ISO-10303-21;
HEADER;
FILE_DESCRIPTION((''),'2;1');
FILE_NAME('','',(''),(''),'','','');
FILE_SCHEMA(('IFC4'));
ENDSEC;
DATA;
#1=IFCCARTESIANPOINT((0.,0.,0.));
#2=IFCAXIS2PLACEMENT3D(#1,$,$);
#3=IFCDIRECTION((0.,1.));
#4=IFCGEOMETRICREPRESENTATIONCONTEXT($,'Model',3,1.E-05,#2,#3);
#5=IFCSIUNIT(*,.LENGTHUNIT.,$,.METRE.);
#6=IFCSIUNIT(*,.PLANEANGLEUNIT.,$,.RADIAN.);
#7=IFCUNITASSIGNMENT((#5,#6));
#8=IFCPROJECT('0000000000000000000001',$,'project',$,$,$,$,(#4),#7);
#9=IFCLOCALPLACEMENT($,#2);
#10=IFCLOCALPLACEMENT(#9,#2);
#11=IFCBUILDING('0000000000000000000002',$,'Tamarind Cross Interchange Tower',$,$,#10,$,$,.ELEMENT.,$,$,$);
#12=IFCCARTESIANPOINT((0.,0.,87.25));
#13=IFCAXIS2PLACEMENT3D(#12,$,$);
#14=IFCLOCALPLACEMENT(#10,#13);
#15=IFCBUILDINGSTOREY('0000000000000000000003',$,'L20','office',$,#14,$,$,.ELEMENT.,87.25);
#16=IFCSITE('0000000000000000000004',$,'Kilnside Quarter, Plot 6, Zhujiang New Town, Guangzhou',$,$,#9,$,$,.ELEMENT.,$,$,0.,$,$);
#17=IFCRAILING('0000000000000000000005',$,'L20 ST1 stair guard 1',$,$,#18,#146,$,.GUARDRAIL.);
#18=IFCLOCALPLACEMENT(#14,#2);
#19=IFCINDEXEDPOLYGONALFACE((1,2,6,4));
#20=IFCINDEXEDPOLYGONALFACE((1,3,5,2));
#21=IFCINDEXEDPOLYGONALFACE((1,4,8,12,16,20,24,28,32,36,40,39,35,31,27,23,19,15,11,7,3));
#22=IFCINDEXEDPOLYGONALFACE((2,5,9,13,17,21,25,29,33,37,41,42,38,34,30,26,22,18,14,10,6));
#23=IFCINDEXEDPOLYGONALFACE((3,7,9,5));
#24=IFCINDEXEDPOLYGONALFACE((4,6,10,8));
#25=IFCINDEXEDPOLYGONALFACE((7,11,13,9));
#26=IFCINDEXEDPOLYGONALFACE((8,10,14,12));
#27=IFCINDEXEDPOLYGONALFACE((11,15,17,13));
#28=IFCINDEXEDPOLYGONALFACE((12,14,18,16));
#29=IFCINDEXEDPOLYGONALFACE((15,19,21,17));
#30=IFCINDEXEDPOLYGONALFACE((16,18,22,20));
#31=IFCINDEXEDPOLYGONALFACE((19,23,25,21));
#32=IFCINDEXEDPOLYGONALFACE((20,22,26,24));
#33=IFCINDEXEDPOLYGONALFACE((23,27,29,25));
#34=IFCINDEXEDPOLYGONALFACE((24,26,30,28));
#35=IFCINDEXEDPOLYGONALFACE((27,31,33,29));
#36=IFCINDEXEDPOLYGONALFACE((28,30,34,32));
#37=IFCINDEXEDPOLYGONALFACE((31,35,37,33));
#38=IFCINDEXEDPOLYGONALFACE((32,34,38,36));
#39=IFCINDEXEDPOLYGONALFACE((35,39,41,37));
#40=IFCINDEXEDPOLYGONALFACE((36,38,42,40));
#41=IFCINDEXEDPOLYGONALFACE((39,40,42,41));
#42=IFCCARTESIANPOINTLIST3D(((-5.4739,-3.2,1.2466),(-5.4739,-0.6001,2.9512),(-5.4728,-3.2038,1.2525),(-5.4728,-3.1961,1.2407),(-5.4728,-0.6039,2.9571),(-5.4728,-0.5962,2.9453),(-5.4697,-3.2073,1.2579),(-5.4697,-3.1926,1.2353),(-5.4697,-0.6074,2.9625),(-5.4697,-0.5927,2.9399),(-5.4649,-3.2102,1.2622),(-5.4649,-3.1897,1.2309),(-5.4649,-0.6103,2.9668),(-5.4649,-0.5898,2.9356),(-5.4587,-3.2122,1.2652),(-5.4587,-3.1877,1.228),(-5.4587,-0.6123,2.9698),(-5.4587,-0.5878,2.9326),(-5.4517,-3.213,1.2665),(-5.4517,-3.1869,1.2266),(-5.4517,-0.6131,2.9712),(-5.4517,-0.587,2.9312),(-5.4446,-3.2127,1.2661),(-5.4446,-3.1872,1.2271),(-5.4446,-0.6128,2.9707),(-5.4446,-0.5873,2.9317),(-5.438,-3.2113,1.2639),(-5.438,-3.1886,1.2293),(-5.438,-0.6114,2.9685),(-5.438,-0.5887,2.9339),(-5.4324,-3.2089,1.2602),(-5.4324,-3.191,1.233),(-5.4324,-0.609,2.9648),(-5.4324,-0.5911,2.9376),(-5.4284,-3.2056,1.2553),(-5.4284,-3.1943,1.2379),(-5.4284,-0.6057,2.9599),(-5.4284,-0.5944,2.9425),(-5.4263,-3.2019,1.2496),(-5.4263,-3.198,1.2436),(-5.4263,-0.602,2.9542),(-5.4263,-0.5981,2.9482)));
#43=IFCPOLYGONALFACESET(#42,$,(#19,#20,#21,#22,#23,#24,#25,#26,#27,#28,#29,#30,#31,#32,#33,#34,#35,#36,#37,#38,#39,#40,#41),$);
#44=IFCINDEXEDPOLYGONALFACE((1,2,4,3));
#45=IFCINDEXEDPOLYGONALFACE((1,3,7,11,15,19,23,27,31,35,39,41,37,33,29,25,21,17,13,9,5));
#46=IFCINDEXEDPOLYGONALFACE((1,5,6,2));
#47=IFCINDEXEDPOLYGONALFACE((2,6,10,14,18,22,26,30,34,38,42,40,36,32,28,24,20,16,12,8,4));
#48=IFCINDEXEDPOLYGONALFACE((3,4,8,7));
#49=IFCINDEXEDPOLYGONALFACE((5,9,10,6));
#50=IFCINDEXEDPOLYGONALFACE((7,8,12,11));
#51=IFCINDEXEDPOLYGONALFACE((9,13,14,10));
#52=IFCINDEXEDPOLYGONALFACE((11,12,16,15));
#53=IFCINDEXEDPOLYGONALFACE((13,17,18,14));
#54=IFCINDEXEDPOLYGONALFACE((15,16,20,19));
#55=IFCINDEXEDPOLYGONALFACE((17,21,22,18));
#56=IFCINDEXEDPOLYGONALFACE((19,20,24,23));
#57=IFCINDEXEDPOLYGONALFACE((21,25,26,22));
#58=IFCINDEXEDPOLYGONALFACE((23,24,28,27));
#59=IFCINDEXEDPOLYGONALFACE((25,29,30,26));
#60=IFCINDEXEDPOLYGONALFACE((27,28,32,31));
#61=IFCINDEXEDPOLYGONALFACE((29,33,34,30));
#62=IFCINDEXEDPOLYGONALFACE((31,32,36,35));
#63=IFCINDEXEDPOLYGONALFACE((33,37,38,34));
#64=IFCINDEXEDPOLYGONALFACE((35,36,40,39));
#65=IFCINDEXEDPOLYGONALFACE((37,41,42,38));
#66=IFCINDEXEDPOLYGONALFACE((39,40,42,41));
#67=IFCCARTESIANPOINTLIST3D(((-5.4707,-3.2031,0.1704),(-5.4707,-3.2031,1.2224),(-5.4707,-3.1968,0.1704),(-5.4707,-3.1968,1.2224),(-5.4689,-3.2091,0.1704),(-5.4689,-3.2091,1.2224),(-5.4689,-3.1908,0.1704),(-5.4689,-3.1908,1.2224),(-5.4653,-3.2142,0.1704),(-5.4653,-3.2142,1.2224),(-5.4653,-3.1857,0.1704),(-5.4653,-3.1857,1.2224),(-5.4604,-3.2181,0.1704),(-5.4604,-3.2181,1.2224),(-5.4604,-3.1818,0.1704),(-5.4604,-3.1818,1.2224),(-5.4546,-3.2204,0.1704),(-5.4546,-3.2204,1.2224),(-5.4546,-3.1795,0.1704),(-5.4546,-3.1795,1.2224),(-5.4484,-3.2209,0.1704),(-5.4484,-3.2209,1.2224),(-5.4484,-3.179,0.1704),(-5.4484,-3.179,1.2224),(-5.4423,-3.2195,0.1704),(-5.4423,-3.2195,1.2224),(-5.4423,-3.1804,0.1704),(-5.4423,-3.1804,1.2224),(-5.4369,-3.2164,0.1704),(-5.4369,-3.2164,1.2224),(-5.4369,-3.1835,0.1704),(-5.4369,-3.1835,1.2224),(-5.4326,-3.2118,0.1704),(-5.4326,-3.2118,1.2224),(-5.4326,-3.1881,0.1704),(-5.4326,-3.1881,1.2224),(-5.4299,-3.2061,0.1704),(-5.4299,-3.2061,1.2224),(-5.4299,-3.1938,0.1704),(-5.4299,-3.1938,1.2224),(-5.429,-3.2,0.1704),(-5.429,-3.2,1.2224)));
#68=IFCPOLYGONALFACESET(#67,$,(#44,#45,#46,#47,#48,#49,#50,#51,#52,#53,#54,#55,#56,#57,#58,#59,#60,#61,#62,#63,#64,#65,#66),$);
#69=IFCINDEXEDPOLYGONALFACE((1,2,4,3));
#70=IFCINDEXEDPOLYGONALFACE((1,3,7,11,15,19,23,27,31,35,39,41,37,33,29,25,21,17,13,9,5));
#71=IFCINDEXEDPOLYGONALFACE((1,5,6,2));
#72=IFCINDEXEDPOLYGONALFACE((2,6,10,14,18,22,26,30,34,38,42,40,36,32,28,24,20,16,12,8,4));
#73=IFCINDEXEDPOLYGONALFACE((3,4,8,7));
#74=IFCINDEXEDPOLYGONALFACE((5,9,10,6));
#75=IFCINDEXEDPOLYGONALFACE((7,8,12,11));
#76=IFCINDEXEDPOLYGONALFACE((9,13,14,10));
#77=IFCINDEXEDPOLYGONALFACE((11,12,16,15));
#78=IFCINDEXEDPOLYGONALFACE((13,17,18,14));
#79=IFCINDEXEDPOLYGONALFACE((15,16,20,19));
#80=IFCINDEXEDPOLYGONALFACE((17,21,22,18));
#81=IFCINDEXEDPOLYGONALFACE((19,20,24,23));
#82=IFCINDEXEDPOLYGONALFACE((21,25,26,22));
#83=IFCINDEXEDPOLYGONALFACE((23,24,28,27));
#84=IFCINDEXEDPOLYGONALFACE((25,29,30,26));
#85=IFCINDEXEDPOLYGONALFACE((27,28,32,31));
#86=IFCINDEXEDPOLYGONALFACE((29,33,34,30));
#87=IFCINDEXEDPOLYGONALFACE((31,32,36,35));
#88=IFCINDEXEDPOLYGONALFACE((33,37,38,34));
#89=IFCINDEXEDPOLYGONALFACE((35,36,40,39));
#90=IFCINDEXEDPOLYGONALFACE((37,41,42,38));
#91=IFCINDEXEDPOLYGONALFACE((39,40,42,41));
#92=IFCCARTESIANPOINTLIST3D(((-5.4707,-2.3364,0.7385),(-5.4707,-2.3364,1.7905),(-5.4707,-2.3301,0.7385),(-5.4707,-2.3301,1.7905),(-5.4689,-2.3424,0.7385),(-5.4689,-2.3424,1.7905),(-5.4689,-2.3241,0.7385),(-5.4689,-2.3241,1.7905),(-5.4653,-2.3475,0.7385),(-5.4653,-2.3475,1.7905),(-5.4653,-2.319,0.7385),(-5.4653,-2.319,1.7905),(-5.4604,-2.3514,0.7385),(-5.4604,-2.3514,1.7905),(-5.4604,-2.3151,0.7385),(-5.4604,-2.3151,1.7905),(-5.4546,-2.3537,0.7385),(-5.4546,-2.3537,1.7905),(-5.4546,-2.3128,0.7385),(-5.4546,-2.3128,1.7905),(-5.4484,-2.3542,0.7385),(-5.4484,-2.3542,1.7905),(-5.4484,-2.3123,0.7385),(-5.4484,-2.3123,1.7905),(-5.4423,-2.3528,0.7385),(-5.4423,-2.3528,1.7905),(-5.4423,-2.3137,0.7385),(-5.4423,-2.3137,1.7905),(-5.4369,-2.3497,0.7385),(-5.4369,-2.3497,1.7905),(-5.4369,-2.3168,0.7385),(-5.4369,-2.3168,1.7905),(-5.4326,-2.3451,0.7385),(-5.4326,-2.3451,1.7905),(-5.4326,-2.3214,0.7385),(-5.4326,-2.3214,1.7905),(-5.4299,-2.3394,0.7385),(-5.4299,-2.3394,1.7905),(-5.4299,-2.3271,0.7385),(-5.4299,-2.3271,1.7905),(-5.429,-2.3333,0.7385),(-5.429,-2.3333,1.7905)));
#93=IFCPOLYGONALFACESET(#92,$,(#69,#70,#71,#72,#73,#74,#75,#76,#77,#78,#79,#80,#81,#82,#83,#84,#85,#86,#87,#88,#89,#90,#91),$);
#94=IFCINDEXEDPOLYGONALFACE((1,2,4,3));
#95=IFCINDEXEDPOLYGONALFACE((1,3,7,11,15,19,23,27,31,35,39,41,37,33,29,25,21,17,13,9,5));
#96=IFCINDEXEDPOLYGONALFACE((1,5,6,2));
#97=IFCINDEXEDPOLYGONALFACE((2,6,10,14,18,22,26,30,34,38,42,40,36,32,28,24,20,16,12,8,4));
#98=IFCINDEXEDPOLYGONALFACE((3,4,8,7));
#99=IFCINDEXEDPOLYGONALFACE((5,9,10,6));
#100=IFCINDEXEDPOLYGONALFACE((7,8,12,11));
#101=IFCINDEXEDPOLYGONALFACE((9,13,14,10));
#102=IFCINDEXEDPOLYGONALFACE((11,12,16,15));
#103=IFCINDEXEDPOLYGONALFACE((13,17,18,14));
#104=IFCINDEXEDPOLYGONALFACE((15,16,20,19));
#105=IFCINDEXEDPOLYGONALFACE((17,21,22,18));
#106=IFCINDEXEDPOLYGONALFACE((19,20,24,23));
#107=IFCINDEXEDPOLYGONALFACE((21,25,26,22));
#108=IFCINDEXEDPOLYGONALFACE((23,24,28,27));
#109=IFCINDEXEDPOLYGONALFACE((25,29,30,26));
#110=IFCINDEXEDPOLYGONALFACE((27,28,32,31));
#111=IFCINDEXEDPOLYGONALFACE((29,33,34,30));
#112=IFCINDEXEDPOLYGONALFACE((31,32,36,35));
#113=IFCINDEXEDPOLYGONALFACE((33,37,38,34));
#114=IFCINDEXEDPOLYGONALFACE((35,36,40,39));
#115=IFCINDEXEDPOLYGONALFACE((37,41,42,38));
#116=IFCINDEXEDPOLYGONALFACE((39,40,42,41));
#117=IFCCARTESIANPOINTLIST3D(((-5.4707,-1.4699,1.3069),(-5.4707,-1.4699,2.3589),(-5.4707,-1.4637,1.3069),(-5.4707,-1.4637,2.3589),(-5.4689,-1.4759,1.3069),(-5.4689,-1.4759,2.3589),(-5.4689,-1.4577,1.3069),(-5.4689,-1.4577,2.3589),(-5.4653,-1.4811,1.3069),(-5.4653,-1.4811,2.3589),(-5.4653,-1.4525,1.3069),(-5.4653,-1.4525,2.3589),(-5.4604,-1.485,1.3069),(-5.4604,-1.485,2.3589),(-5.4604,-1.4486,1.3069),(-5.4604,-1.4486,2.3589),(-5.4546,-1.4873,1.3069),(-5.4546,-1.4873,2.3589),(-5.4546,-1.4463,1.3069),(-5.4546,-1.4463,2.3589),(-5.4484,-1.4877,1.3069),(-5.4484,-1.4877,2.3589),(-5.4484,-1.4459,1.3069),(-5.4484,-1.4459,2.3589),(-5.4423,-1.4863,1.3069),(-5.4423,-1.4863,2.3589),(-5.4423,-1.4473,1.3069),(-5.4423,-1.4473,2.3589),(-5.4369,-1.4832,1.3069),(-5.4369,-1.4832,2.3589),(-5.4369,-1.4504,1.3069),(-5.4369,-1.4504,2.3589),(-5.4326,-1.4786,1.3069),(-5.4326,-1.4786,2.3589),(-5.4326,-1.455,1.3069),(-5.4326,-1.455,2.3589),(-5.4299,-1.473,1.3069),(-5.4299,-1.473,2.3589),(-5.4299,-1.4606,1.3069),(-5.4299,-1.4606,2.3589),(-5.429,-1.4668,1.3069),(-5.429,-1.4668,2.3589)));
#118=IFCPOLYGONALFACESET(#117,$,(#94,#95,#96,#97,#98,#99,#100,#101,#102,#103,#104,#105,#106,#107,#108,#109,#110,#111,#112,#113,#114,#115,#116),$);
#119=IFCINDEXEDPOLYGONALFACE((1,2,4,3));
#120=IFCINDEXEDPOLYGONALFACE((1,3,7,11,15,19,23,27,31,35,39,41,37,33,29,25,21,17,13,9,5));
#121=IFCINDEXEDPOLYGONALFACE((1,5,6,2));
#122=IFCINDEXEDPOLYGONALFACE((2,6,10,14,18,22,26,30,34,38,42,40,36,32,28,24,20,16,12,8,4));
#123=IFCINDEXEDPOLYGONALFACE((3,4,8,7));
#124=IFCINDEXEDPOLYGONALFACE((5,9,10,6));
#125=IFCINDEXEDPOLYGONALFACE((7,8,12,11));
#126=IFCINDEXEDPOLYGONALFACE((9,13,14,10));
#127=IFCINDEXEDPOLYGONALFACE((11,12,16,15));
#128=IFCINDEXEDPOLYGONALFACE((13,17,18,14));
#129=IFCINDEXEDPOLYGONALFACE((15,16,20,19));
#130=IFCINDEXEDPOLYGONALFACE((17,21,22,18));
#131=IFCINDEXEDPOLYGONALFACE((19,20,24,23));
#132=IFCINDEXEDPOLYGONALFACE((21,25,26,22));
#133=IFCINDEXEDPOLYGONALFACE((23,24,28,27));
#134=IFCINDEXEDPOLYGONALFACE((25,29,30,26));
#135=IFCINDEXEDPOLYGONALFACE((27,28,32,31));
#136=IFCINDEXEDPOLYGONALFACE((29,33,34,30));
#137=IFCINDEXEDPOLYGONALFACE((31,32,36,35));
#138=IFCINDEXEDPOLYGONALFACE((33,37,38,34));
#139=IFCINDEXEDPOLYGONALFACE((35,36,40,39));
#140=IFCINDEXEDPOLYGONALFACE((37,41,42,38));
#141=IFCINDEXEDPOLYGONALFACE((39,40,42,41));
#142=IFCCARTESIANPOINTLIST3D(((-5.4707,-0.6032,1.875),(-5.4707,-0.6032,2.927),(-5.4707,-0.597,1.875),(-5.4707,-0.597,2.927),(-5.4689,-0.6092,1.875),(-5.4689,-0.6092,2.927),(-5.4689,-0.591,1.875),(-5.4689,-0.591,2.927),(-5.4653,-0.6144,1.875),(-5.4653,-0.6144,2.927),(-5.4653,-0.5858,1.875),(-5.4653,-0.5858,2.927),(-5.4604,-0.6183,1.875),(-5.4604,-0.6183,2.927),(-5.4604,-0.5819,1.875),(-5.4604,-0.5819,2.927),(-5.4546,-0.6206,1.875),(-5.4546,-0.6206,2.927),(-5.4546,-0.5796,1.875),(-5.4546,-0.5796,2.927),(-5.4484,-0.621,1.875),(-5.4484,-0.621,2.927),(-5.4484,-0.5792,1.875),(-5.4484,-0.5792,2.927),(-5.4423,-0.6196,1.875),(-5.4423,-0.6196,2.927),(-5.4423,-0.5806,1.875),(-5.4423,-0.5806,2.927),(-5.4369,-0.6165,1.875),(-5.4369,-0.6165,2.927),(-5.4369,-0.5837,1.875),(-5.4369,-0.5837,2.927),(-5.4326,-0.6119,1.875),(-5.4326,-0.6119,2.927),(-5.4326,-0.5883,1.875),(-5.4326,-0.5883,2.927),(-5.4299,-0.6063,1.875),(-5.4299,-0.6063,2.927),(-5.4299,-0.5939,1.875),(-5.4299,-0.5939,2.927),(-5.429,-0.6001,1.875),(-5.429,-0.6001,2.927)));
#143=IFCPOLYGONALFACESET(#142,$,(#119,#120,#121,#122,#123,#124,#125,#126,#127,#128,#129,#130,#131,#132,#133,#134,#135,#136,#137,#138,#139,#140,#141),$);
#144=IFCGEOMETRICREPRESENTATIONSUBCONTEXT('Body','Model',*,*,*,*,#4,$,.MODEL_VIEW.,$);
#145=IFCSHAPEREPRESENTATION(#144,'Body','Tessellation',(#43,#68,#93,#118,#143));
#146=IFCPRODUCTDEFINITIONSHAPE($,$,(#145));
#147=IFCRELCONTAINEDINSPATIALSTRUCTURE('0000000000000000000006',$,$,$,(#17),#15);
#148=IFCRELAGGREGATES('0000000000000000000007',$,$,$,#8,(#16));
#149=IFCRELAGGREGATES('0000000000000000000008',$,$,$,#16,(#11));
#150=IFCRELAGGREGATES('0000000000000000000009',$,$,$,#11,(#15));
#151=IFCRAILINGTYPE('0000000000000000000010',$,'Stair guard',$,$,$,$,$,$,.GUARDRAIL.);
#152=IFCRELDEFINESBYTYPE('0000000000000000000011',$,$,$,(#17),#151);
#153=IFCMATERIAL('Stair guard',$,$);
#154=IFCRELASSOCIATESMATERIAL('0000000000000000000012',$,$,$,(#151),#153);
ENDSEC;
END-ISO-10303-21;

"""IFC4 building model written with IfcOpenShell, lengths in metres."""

from ifc_helpers import new_model, si_unit, direction, frame, origin, origin_2d, place, context, subcontext, project, spatial, circle, extrude, material, type_object, element, save


model = new_model("IFC4")

# Units and contexts
model_context = context("Model", 3, precision=1e-05, world=origin(), true_north=direction((0.0, 1.0)))
body_context = subcontext(model_context, "Body", "Model", "MODEL_VIEW")
ifc_project = project(units=[si_unit("LENGTHUNIT", "METRE"), si_unit("PLANEANGLEUNIT", "RADIAN")], contexts=[model_context])

# Site, building, storey
site_placement = place(None, origin())
site = spatial("IfcSite", under=ifc_project, at=site_placement, Name="Kilnside Quarter, Plot 6, Zhujiang New Town, Guangzhou", CompositionType="ELEMENT", RefElevation=0.0)
building_placement = place(site_placement, origin())
building = spatial("IfcBuilding", under=site, at=building_placement, Name="Tamarind Cross Interchange Tower", CompositionType="ELEMENT")
storey_placement = place(building_placement, frame((0.0, 0.0, 87.25)))
storey = spatial("IfcBuildingStorey", under=building, at=storey_placement, Name="L20", Description="office", CompositionType="ELEMENT", Elevation=87.25)

# Railing
ifc_material_1 = material(Name="Stair guard")
railing_type_1 = type_object("IfcRailingType", Name="Stair guard", PredefinedType="GUARDRAIL", material=ifc_material_1)
railing_1_placement = place(storey_placement, frame((-5.45, -3.2, 0.1704)))
element("IfcRailing", 1, at=railing_1_placement, inside=storey, type_object=railing_type_1, Name="L20 ST1 stair guard 1", PredefinedType="GUARDRAIL", context=body_context, shape_type="SweptSolid", body=[
    extrude(circle(Radius=0.0239, at=origin_2d()), frame((0.0, 0.0, 1.0762), z_axis=(0.0, 0.836279, 0.548305), x_axis=(-1.0, 0.0, 0.0)), (0.0, 0.0, 1.0), 3.1089),
    extrude(circle(Radius=0.021, at=origin_2d()), origin(), (0.0, 0.0, 1.0), 1.052),
    extrude(circle(Radius=0.021, at=origin_2d()), frame((0.0, 0.8667, 0.5681)), (0.0, 0.0, 1.0), 1.052),
    extrude(circle(Radius=0.021, at=origin_2d()), frame((0.0, 1.7332, 1.1365)), (0.0, 0.0, 1.0), 1.052),
    extrude(circle(Radius=0.021, at=origin_2d()), frame((0.0, 2.5999, 1.7046)), (0.0, 0.0, 1.0), 1.052),
])

save(model, "model.ifc")
